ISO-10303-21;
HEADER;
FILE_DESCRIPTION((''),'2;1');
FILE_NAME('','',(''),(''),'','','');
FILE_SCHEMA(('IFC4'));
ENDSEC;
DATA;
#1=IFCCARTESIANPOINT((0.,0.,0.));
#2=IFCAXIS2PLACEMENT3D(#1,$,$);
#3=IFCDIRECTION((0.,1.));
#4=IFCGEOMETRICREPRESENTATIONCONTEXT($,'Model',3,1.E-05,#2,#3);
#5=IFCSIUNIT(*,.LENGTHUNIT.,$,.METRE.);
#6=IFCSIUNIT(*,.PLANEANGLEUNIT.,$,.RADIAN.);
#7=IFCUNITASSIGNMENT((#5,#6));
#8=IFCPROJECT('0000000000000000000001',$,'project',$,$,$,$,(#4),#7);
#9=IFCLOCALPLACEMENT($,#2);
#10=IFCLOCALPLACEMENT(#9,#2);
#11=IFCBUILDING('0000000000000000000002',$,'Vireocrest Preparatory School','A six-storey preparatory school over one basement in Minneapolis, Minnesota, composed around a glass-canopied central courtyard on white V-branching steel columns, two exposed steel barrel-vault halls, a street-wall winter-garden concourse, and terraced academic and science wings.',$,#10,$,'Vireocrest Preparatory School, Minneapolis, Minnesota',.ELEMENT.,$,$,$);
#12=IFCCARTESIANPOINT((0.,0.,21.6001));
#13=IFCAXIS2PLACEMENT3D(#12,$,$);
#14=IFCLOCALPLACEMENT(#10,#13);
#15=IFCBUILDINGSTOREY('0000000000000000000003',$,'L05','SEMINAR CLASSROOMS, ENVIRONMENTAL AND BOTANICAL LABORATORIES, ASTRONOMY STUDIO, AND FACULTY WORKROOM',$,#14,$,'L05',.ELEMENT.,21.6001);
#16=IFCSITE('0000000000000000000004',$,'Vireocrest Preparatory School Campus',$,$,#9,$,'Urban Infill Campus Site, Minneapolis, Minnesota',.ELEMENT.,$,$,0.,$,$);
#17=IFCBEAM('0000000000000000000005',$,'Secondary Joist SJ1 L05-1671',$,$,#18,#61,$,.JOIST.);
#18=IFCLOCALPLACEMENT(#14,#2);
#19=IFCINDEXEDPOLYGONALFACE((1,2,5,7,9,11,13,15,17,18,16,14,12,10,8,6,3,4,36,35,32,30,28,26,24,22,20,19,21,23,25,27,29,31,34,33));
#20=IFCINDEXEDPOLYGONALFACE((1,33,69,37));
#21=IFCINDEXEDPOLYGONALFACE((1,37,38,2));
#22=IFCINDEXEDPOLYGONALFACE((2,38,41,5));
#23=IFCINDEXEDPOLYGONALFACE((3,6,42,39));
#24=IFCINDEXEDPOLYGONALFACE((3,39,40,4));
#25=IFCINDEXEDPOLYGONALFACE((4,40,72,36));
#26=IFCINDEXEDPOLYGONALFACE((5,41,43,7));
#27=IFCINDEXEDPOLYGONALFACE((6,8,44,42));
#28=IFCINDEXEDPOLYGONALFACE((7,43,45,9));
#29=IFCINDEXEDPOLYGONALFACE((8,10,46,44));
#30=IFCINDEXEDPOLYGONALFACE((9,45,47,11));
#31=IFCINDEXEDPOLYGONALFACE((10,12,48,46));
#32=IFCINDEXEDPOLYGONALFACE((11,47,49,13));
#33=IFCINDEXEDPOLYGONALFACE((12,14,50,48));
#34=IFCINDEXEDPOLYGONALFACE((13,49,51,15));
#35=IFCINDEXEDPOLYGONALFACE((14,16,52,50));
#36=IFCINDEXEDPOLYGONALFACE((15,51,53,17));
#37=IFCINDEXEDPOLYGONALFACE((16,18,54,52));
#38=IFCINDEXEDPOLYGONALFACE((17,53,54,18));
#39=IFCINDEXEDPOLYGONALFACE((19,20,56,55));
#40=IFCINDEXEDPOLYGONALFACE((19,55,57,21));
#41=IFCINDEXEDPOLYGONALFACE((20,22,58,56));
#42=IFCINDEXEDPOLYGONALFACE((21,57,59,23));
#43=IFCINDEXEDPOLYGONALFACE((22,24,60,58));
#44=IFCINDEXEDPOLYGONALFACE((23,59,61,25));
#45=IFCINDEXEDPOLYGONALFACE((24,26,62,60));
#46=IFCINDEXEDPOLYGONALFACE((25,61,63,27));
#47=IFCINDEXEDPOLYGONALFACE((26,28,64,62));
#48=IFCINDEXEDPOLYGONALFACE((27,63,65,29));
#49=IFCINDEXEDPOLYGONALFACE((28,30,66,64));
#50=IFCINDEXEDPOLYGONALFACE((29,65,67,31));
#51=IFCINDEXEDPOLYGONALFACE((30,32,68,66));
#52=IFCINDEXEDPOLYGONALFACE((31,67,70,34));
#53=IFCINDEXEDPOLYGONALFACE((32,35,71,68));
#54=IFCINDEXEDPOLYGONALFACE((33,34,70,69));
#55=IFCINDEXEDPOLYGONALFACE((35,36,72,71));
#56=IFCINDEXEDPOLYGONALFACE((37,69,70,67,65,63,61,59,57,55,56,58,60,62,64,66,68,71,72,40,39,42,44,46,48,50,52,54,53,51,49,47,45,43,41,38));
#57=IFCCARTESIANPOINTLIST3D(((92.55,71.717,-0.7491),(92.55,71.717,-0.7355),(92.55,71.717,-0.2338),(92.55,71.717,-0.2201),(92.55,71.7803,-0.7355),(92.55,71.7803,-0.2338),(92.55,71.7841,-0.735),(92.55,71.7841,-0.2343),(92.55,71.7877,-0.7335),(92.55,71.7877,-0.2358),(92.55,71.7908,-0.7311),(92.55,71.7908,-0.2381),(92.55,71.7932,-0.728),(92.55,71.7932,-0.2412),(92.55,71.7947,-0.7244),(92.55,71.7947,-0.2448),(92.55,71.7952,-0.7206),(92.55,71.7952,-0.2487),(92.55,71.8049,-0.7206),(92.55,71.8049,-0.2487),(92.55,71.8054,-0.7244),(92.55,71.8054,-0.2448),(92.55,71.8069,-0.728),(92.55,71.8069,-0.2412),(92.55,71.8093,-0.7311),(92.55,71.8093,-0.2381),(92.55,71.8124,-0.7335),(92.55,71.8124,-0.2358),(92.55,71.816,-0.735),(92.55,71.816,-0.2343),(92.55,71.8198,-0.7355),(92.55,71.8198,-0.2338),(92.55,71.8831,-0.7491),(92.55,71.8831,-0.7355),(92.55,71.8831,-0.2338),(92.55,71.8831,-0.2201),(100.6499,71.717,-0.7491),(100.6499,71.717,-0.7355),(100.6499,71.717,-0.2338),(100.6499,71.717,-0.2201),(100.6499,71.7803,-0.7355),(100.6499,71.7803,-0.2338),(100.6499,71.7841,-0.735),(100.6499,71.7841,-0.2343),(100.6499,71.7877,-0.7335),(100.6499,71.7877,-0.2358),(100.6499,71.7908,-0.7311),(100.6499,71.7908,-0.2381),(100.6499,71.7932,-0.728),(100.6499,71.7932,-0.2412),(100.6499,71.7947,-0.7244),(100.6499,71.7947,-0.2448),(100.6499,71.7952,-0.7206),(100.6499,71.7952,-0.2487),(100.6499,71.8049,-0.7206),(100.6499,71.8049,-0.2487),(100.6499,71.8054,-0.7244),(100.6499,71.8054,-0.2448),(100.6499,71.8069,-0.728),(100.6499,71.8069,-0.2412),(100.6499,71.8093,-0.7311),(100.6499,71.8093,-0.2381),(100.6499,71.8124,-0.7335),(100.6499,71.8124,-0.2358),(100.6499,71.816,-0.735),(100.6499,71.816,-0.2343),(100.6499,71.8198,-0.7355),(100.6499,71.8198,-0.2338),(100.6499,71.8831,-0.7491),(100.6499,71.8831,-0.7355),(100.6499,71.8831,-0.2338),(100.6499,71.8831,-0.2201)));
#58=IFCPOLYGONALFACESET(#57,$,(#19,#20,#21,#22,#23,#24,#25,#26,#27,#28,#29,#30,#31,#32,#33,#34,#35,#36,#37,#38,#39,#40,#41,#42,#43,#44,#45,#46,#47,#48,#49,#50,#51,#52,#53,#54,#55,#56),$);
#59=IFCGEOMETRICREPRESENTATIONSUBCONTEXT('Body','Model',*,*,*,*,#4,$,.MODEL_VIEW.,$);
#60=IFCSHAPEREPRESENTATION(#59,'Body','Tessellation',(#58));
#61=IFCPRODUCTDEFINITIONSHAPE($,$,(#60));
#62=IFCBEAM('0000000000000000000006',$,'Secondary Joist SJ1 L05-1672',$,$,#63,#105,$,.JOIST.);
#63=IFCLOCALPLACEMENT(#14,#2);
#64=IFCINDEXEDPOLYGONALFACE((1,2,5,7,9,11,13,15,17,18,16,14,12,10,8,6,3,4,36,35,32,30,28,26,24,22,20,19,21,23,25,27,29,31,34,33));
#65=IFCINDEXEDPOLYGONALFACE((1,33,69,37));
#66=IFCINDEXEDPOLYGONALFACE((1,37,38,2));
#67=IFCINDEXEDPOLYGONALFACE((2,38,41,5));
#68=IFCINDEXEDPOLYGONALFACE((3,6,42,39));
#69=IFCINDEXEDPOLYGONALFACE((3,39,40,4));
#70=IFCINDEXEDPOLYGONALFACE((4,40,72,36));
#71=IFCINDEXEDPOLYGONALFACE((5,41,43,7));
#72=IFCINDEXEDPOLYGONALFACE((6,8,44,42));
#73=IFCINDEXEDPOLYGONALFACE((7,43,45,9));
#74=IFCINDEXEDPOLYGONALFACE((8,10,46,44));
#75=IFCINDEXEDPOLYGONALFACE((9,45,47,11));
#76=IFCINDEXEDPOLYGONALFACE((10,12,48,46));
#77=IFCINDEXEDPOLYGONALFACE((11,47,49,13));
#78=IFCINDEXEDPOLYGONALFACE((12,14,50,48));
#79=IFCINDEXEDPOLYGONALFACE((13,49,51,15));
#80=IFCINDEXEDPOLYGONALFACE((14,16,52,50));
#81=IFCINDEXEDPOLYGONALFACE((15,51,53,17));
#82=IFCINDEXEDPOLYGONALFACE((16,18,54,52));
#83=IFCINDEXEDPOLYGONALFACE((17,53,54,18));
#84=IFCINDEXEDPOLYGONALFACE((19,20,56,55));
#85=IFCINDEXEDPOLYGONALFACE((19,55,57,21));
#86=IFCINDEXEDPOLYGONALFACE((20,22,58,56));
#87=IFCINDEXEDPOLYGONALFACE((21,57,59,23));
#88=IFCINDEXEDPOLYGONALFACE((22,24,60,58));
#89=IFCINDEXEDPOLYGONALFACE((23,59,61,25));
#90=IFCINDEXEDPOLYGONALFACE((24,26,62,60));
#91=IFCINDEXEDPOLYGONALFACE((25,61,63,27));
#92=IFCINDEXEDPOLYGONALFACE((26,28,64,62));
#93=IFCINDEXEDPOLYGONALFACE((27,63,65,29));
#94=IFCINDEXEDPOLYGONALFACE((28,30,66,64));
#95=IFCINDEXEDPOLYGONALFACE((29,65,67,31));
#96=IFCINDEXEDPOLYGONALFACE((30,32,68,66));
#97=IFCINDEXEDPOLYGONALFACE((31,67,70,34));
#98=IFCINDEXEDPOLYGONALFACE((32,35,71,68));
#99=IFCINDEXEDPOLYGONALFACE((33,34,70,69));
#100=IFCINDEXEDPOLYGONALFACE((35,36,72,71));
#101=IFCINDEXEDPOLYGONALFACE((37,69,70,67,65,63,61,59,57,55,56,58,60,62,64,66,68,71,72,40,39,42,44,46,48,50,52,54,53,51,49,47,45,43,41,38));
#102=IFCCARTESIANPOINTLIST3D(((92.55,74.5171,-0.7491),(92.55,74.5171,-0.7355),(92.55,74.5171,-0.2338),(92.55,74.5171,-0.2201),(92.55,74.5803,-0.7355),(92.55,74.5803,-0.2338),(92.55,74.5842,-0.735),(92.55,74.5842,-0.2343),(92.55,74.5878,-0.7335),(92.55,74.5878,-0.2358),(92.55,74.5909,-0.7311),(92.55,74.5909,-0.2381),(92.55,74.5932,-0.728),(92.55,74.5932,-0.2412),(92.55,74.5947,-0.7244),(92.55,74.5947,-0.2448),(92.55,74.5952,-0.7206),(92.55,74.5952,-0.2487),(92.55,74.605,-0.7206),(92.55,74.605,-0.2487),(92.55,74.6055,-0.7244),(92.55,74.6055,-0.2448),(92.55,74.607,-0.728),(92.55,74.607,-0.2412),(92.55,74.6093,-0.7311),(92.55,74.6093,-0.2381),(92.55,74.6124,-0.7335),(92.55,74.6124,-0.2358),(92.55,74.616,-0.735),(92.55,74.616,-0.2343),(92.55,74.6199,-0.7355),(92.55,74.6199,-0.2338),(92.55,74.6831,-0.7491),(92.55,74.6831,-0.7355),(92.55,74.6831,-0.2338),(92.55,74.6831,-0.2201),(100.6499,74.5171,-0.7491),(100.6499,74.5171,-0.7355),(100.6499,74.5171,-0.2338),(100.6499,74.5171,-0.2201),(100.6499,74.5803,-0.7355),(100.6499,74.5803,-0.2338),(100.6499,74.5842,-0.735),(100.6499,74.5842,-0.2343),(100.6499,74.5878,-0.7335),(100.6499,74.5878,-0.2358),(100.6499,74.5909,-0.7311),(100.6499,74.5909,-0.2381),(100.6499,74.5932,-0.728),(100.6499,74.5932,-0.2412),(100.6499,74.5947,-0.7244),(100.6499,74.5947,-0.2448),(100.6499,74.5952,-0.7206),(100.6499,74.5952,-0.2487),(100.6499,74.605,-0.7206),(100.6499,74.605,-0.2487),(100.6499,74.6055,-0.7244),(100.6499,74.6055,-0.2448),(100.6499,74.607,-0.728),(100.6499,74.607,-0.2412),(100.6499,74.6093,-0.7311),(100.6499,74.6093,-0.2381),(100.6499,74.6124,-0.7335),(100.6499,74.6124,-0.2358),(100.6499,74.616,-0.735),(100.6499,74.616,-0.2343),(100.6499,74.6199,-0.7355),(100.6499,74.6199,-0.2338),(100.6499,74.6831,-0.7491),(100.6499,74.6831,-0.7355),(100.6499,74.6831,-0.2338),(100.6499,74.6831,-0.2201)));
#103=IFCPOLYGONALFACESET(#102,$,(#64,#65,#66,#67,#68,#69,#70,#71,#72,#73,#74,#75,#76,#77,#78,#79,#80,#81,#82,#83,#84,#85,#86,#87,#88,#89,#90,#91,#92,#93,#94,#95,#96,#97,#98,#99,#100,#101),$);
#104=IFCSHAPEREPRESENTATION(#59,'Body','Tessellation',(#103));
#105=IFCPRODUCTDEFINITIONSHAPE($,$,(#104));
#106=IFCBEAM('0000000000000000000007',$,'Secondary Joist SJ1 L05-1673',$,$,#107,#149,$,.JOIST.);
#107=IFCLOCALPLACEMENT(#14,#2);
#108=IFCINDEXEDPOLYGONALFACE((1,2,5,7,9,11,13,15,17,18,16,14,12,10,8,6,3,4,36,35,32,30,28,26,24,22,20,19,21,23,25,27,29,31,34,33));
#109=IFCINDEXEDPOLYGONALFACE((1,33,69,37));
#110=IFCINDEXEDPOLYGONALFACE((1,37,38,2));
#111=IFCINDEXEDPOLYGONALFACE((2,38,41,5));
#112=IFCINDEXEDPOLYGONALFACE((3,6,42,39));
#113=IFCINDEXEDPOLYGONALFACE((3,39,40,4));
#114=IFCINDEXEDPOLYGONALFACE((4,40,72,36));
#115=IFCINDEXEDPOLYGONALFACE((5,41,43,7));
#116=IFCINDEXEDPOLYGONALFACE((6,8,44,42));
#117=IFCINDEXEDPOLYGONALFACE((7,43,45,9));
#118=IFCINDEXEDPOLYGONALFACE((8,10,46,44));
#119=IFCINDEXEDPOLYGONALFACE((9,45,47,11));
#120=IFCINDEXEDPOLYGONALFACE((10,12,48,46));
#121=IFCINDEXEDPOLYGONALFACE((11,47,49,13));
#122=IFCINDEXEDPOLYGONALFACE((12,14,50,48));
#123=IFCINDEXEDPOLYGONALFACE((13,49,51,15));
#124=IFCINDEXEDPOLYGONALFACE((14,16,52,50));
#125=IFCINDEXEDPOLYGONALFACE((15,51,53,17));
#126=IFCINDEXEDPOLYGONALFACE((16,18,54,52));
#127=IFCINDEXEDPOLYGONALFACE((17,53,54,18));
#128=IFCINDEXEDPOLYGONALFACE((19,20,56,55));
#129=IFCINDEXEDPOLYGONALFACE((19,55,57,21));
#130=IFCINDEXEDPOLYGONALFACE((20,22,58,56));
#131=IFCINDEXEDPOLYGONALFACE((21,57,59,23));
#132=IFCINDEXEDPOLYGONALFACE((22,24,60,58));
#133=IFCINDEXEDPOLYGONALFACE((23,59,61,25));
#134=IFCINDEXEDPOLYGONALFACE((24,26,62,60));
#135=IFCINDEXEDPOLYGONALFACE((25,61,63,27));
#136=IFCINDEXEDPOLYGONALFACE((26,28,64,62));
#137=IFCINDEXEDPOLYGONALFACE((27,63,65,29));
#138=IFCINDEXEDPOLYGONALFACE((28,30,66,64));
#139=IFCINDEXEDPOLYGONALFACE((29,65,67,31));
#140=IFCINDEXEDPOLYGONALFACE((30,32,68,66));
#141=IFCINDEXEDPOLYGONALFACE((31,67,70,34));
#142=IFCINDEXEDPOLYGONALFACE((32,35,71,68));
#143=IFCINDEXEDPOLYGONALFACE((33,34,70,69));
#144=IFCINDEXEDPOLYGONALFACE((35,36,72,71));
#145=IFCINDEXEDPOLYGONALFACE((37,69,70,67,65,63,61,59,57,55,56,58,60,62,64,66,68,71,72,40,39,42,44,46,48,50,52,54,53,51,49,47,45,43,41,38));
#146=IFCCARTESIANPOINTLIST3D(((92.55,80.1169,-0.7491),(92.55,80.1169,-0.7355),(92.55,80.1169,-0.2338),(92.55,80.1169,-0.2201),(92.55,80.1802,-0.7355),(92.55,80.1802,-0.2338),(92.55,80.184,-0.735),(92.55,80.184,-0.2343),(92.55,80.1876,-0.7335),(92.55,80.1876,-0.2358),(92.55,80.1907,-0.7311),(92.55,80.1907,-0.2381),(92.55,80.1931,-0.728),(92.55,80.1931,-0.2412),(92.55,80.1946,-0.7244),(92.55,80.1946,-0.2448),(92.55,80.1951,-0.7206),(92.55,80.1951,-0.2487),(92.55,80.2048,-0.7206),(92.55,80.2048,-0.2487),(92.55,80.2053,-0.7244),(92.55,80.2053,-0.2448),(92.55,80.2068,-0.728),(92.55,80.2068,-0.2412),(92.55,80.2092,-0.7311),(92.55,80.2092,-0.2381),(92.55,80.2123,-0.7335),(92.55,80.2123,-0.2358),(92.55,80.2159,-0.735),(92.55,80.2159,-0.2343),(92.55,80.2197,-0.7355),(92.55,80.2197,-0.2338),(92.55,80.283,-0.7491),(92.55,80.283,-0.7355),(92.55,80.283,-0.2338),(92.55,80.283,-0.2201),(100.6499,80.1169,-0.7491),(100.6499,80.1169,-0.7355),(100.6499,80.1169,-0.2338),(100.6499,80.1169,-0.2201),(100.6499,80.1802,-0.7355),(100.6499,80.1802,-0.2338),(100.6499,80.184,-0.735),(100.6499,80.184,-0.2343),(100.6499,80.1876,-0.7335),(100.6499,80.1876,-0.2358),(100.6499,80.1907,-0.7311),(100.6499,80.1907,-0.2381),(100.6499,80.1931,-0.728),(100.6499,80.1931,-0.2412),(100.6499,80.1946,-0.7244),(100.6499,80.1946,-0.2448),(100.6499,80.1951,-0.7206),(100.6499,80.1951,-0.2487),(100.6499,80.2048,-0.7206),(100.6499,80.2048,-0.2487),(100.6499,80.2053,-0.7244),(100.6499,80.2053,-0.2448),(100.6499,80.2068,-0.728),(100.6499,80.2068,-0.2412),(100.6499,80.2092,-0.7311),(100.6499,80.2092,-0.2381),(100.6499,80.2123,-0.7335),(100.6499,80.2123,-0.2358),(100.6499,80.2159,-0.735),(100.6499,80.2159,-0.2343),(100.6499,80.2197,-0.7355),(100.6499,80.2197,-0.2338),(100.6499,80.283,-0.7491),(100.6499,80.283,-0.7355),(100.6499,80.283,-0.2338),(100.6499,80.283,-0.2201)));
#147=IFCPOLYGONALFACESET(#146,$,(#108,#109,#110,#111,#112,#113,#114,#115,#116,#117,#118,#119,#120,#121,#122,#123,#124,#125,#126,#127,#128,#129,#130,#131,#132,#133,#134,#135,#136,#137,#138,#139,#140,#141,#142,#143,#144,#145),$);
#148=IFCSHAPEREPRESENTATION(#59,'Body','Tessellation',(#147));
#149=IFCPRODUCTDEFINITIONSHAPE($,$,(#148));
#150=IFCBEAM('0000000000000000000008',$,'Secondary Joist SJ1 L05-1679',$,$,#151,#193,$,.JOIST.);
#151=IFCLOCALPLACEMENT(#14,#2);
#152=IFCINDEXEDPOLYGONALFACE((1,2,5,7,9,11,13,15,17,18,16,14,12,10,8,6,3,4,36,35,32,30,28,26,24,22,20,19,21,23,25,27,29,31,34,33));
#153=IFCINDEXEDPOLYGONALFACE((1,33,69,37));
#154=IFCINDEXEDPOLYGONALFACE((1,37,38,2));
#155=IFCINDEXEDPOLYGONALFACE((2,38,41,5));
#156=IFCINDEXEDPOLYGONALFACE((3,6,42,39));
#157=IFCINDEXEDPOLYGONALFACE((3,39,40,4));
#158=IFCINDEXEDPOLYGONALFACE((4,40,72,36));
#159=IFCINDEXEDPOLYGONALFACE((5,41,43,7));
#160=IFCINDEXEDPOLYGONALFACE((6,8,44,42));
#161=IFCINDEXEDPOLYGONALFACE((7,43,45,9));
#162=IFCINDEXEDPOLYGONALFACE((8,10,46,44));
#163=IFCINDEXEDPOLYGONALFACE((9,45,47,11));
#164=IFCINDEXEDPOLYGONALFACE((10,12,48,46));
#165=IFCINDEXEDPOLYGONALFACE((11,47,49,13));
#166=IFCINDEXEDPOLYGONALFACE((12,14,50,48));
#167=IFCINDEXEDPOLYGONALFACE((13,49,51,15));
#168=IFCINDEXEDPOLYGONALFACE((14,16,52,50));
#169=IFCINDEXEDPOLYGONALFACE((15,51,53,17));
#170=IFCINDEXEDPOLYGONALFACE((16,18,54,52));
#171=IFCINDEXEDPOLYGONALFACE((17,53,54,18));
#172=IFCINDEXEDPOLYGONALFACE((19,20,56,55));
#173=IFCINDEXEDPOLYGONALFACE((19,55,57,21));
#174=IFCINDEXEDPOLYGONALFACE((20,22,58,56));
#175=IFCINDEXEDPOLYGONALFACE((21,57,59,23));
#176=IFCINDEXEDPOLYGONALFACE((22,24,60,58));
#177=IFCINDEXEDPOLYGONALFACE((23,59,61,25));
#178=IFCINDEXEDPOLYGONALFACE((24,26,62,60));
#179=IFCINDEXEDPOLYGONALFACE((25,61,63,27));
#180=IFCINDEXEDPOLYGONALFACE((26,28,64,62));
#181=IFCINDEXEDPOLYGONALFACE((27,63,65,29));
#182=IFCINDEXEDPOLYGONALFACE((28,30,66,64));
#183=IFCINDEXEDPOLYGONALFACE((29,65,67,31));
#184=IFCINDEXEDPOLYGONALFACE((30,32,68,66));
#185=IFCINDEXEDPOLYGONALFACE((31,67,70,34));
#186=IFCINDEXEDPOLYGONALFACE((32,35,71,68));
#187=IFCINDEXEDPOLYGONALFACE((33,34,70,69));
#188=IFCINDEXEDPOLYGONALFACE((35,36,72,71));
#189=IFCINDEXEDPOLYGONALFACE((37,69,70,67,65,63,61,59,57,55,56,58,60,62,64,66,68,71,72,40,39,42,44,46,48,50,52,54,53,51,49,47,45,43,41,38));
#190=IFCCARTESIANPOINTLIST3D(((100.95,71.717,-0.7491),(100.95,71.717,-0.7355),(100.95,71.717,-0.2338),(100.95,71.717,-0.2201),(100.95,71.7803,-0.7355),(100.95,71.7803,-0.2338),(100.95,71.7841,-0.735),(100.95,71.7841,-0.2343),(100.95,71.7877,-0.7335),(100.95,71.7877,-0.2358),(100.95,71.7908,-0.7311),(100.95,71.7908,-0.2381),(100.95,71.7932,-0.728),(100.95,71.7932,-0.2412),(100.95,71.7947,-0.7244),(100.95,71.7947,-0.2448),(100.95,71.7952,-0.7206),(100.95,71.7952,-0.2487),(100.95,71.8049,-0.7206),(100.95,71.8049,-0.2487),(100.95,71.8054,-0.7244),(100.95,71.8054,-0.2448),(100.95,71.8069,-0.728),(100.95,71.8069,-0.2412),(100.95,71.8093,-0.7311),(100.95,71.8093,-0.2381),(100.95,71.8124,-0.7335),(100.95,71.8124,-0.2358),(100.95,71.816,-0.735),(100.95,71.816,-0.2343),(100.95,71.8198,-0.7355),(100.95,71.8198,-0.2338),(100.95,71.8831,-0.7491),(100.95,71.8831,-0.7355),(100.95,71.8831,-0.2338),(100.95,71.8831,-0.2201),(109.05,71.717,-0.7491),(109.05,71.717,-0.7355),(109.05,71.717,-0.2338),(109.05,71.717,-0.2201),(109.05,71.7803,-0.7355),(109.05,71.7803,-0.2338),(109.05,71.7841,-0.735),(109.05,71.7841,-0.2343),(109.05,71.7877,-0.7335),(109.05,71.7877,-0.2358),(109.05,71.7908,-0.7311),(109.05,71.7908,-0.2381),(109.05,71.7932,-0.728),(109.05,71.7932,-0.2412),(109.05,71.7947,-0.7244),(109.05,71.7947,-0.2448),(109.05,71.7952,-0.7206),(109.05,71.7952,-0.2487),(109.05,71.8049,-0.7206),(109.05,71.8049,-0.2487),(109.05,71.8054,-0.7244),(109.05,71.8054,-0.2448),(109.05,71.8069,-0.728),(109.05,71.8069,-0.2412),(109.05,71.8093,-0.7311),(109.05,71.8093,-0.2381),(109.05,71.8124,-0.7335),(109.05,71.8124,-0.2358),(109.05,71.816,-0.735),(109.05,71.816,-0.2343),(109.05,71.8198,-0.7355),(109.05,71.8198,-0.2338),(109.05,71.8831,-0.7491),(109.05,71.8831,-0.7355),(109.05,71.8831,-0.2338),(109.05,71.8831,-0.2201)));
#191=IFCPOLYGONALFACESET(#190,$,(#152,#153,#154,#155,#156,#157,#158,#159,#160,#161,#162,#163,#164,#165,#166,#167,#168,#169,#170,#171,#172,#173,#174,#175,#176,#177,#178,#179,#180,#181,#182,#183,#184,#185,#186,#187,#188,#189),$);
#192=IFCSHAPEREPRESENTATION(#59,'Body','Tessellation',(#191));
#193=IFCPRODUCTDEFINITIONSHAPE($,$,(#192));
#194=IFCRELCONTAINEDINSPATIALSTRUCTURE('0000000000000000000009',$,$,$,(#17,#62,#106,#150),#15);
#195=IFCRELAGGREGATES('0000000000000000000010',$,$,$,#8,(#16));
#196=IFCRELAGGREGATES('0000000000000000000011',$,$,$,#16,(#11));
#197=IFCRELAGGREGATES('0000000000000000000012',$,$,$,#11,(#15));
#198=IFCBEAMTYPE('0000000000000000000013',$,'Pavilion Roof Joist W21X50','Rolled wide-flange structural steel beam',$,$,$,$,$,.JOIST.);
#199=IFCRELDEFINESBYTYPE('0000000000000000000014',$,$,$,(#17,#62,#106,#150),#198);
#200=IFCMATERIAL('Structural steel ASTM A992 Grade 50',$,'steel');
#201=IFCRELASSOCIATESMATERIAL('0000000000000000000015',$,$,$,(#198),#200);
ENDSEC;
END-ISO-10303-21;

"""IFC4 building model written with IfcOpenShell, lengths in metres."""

from ifc_helpers import new_model, si_unit, direction, frame, origin, origin_2d, place, context, subcontext, project, spatial, i_section, extrude, material, material_profile, profile_set, type_object, element, save


model = new_model("IFC4")

# Units and contexts
model_context = context("Model", 3, precision=1e-05, world=origin(), true_north=direction((0.0, 1.0)))
body_context = subcontext(model_context, "Body", "Model", "MODEL_VIEW")
ifc_project = project(units=[si_unit("LENGTHUNIT", "METRE"), si_unit("PLANEANGLEUNIT", "RADIAN")], contexts=[model_context])

# Site, building, storey
site_placement = place(None, origin())
site = spatial("IfcSite", under=ifc_project, at=site_placement, Name="Vireocrest Preparatory School Campus", LongName="Urban Infill Campus Site, Minneapolis, Minnesota", CompositionType="ELEMENT", RefElevation=0.0)
building_placement = place(site_placement, origin())
building = spatial("IfcBuilding", under=site, at=building_placement, Name="Vireocrest Preparatory School", Description="A six-storey preparatory school over one basement in Minneapolis, Minnesota, composed around a glass-canopied central courtyard on white V-branching steel columns, two exposed steel barrel-vault halls, a street-wall winter-garden concourse, and terraced academic and science wings.", LongName="Vireocrest Preparatory School, Minneapolis, Minnesota", CompositionType="ELEMENT")
storey_placement = place(building_placement, frame((0.0, 0.0, 21.6001)))
storey = spatial("IfcBuildingStorey", under=building, at=storey_placement, Name="L05", Description="SEMINAR CLASSROOMS, ENVIRONMENTAL AND BOTANICAL LABORATORIES, ASTRONOMY STUDIO, AND FACULTY WORKROOM", LongName="L05", CompositionType="ELEMENT", Elevation=21.6001)

# Shared definitions
ifc_material_1 = material(Name="Structural steel ASTM A992 Grade 50", Category="steel")

# Beams
ifc_material_profile_1 = material_profile(ifc_material_1, i_section(OverallWidth=0.166, OverallDepth=0.5291, WebThickness=0.0098, FlangeThickness=0.0137, FilletRadius=0.0149, at=origin_2d()), Name="W21X50")
ifc_profile_set_1 = profile_set([ifc_material_profile_1], Name="Structural steel ASTM A992 Grade 50")
beam_type_1 = type_object("IfcBeamType", Name="Pavilion Roof Joist W21X50", Description="Rolled wide-flange structural steel beam", PredefinedType="JOIST", material=ifc_profile_set_1)
for number, where, z_axis, x_axis, name in (
    (1, (92.55, 71.8, -0.4846), (1.0, 0.0, 0.0), (0.0, 1.0, 0.0), "Secondary Joist SJ1 L05-1671"),
    (2, (92.55, 74.6001, -0.4846), (1.0, 0.0, 0.0), (0.0, 1.0, 0.0), "Secondary Joist SJ1 L05-1672"),
    (3, (92.55, 80.2, -0.4846), (1.0, 0.0, 0.0), (0.0, 1.0, 0.0), "Secondary Joist SJ1 L05-1673"),
):
    element("IfcBeam", number, at=place(storey_placement, frame(where, z_axis=z_axis, x_axis=x_axis)), inside=storey, type_object=beam_type_1, Name=name, PredefinedType="JOIST", context=body_context, shape_type="SweptSolid", body=[
        extrude(i_section(OverallWidth=0.166, OverallDepth=0.5291, WebThickness=0.0098, FlangeThickness=0.0137, FilletRadius=0.0149, at=origin_2d()), origin(), (0.0, 0.0, 1.0), 8.0999),
    ])
for number, where, z_axis, x_axis, name in (
    (4, (100.95, 71.8, -0.4846), (1.0, 0.0, 0.0), (0.0, 1.0, 0.0), "Secondary Joist SJ1 L05-1679"),
):
    element("IfcBeam", number, at=place(storey_placement, frame(where, z_axis=z_axis, x_axis=x_axis)), inside=storey, type_object=beam_type_1, Name=name, PredefinedType="JOIST", context=body_context, shape_type="SweptSolid", body=[
        extrude(i_section(OverallWidth=0.166, OverallDepth=0.5291, WebThickness=0.0098, FlangeThickness=0.0137, FilletRadius=0.0149, at=origin_2d()), origin(), (0.0, 0.0, 1.0), 8.1001),
    ])

save(model, "model.ifc")
